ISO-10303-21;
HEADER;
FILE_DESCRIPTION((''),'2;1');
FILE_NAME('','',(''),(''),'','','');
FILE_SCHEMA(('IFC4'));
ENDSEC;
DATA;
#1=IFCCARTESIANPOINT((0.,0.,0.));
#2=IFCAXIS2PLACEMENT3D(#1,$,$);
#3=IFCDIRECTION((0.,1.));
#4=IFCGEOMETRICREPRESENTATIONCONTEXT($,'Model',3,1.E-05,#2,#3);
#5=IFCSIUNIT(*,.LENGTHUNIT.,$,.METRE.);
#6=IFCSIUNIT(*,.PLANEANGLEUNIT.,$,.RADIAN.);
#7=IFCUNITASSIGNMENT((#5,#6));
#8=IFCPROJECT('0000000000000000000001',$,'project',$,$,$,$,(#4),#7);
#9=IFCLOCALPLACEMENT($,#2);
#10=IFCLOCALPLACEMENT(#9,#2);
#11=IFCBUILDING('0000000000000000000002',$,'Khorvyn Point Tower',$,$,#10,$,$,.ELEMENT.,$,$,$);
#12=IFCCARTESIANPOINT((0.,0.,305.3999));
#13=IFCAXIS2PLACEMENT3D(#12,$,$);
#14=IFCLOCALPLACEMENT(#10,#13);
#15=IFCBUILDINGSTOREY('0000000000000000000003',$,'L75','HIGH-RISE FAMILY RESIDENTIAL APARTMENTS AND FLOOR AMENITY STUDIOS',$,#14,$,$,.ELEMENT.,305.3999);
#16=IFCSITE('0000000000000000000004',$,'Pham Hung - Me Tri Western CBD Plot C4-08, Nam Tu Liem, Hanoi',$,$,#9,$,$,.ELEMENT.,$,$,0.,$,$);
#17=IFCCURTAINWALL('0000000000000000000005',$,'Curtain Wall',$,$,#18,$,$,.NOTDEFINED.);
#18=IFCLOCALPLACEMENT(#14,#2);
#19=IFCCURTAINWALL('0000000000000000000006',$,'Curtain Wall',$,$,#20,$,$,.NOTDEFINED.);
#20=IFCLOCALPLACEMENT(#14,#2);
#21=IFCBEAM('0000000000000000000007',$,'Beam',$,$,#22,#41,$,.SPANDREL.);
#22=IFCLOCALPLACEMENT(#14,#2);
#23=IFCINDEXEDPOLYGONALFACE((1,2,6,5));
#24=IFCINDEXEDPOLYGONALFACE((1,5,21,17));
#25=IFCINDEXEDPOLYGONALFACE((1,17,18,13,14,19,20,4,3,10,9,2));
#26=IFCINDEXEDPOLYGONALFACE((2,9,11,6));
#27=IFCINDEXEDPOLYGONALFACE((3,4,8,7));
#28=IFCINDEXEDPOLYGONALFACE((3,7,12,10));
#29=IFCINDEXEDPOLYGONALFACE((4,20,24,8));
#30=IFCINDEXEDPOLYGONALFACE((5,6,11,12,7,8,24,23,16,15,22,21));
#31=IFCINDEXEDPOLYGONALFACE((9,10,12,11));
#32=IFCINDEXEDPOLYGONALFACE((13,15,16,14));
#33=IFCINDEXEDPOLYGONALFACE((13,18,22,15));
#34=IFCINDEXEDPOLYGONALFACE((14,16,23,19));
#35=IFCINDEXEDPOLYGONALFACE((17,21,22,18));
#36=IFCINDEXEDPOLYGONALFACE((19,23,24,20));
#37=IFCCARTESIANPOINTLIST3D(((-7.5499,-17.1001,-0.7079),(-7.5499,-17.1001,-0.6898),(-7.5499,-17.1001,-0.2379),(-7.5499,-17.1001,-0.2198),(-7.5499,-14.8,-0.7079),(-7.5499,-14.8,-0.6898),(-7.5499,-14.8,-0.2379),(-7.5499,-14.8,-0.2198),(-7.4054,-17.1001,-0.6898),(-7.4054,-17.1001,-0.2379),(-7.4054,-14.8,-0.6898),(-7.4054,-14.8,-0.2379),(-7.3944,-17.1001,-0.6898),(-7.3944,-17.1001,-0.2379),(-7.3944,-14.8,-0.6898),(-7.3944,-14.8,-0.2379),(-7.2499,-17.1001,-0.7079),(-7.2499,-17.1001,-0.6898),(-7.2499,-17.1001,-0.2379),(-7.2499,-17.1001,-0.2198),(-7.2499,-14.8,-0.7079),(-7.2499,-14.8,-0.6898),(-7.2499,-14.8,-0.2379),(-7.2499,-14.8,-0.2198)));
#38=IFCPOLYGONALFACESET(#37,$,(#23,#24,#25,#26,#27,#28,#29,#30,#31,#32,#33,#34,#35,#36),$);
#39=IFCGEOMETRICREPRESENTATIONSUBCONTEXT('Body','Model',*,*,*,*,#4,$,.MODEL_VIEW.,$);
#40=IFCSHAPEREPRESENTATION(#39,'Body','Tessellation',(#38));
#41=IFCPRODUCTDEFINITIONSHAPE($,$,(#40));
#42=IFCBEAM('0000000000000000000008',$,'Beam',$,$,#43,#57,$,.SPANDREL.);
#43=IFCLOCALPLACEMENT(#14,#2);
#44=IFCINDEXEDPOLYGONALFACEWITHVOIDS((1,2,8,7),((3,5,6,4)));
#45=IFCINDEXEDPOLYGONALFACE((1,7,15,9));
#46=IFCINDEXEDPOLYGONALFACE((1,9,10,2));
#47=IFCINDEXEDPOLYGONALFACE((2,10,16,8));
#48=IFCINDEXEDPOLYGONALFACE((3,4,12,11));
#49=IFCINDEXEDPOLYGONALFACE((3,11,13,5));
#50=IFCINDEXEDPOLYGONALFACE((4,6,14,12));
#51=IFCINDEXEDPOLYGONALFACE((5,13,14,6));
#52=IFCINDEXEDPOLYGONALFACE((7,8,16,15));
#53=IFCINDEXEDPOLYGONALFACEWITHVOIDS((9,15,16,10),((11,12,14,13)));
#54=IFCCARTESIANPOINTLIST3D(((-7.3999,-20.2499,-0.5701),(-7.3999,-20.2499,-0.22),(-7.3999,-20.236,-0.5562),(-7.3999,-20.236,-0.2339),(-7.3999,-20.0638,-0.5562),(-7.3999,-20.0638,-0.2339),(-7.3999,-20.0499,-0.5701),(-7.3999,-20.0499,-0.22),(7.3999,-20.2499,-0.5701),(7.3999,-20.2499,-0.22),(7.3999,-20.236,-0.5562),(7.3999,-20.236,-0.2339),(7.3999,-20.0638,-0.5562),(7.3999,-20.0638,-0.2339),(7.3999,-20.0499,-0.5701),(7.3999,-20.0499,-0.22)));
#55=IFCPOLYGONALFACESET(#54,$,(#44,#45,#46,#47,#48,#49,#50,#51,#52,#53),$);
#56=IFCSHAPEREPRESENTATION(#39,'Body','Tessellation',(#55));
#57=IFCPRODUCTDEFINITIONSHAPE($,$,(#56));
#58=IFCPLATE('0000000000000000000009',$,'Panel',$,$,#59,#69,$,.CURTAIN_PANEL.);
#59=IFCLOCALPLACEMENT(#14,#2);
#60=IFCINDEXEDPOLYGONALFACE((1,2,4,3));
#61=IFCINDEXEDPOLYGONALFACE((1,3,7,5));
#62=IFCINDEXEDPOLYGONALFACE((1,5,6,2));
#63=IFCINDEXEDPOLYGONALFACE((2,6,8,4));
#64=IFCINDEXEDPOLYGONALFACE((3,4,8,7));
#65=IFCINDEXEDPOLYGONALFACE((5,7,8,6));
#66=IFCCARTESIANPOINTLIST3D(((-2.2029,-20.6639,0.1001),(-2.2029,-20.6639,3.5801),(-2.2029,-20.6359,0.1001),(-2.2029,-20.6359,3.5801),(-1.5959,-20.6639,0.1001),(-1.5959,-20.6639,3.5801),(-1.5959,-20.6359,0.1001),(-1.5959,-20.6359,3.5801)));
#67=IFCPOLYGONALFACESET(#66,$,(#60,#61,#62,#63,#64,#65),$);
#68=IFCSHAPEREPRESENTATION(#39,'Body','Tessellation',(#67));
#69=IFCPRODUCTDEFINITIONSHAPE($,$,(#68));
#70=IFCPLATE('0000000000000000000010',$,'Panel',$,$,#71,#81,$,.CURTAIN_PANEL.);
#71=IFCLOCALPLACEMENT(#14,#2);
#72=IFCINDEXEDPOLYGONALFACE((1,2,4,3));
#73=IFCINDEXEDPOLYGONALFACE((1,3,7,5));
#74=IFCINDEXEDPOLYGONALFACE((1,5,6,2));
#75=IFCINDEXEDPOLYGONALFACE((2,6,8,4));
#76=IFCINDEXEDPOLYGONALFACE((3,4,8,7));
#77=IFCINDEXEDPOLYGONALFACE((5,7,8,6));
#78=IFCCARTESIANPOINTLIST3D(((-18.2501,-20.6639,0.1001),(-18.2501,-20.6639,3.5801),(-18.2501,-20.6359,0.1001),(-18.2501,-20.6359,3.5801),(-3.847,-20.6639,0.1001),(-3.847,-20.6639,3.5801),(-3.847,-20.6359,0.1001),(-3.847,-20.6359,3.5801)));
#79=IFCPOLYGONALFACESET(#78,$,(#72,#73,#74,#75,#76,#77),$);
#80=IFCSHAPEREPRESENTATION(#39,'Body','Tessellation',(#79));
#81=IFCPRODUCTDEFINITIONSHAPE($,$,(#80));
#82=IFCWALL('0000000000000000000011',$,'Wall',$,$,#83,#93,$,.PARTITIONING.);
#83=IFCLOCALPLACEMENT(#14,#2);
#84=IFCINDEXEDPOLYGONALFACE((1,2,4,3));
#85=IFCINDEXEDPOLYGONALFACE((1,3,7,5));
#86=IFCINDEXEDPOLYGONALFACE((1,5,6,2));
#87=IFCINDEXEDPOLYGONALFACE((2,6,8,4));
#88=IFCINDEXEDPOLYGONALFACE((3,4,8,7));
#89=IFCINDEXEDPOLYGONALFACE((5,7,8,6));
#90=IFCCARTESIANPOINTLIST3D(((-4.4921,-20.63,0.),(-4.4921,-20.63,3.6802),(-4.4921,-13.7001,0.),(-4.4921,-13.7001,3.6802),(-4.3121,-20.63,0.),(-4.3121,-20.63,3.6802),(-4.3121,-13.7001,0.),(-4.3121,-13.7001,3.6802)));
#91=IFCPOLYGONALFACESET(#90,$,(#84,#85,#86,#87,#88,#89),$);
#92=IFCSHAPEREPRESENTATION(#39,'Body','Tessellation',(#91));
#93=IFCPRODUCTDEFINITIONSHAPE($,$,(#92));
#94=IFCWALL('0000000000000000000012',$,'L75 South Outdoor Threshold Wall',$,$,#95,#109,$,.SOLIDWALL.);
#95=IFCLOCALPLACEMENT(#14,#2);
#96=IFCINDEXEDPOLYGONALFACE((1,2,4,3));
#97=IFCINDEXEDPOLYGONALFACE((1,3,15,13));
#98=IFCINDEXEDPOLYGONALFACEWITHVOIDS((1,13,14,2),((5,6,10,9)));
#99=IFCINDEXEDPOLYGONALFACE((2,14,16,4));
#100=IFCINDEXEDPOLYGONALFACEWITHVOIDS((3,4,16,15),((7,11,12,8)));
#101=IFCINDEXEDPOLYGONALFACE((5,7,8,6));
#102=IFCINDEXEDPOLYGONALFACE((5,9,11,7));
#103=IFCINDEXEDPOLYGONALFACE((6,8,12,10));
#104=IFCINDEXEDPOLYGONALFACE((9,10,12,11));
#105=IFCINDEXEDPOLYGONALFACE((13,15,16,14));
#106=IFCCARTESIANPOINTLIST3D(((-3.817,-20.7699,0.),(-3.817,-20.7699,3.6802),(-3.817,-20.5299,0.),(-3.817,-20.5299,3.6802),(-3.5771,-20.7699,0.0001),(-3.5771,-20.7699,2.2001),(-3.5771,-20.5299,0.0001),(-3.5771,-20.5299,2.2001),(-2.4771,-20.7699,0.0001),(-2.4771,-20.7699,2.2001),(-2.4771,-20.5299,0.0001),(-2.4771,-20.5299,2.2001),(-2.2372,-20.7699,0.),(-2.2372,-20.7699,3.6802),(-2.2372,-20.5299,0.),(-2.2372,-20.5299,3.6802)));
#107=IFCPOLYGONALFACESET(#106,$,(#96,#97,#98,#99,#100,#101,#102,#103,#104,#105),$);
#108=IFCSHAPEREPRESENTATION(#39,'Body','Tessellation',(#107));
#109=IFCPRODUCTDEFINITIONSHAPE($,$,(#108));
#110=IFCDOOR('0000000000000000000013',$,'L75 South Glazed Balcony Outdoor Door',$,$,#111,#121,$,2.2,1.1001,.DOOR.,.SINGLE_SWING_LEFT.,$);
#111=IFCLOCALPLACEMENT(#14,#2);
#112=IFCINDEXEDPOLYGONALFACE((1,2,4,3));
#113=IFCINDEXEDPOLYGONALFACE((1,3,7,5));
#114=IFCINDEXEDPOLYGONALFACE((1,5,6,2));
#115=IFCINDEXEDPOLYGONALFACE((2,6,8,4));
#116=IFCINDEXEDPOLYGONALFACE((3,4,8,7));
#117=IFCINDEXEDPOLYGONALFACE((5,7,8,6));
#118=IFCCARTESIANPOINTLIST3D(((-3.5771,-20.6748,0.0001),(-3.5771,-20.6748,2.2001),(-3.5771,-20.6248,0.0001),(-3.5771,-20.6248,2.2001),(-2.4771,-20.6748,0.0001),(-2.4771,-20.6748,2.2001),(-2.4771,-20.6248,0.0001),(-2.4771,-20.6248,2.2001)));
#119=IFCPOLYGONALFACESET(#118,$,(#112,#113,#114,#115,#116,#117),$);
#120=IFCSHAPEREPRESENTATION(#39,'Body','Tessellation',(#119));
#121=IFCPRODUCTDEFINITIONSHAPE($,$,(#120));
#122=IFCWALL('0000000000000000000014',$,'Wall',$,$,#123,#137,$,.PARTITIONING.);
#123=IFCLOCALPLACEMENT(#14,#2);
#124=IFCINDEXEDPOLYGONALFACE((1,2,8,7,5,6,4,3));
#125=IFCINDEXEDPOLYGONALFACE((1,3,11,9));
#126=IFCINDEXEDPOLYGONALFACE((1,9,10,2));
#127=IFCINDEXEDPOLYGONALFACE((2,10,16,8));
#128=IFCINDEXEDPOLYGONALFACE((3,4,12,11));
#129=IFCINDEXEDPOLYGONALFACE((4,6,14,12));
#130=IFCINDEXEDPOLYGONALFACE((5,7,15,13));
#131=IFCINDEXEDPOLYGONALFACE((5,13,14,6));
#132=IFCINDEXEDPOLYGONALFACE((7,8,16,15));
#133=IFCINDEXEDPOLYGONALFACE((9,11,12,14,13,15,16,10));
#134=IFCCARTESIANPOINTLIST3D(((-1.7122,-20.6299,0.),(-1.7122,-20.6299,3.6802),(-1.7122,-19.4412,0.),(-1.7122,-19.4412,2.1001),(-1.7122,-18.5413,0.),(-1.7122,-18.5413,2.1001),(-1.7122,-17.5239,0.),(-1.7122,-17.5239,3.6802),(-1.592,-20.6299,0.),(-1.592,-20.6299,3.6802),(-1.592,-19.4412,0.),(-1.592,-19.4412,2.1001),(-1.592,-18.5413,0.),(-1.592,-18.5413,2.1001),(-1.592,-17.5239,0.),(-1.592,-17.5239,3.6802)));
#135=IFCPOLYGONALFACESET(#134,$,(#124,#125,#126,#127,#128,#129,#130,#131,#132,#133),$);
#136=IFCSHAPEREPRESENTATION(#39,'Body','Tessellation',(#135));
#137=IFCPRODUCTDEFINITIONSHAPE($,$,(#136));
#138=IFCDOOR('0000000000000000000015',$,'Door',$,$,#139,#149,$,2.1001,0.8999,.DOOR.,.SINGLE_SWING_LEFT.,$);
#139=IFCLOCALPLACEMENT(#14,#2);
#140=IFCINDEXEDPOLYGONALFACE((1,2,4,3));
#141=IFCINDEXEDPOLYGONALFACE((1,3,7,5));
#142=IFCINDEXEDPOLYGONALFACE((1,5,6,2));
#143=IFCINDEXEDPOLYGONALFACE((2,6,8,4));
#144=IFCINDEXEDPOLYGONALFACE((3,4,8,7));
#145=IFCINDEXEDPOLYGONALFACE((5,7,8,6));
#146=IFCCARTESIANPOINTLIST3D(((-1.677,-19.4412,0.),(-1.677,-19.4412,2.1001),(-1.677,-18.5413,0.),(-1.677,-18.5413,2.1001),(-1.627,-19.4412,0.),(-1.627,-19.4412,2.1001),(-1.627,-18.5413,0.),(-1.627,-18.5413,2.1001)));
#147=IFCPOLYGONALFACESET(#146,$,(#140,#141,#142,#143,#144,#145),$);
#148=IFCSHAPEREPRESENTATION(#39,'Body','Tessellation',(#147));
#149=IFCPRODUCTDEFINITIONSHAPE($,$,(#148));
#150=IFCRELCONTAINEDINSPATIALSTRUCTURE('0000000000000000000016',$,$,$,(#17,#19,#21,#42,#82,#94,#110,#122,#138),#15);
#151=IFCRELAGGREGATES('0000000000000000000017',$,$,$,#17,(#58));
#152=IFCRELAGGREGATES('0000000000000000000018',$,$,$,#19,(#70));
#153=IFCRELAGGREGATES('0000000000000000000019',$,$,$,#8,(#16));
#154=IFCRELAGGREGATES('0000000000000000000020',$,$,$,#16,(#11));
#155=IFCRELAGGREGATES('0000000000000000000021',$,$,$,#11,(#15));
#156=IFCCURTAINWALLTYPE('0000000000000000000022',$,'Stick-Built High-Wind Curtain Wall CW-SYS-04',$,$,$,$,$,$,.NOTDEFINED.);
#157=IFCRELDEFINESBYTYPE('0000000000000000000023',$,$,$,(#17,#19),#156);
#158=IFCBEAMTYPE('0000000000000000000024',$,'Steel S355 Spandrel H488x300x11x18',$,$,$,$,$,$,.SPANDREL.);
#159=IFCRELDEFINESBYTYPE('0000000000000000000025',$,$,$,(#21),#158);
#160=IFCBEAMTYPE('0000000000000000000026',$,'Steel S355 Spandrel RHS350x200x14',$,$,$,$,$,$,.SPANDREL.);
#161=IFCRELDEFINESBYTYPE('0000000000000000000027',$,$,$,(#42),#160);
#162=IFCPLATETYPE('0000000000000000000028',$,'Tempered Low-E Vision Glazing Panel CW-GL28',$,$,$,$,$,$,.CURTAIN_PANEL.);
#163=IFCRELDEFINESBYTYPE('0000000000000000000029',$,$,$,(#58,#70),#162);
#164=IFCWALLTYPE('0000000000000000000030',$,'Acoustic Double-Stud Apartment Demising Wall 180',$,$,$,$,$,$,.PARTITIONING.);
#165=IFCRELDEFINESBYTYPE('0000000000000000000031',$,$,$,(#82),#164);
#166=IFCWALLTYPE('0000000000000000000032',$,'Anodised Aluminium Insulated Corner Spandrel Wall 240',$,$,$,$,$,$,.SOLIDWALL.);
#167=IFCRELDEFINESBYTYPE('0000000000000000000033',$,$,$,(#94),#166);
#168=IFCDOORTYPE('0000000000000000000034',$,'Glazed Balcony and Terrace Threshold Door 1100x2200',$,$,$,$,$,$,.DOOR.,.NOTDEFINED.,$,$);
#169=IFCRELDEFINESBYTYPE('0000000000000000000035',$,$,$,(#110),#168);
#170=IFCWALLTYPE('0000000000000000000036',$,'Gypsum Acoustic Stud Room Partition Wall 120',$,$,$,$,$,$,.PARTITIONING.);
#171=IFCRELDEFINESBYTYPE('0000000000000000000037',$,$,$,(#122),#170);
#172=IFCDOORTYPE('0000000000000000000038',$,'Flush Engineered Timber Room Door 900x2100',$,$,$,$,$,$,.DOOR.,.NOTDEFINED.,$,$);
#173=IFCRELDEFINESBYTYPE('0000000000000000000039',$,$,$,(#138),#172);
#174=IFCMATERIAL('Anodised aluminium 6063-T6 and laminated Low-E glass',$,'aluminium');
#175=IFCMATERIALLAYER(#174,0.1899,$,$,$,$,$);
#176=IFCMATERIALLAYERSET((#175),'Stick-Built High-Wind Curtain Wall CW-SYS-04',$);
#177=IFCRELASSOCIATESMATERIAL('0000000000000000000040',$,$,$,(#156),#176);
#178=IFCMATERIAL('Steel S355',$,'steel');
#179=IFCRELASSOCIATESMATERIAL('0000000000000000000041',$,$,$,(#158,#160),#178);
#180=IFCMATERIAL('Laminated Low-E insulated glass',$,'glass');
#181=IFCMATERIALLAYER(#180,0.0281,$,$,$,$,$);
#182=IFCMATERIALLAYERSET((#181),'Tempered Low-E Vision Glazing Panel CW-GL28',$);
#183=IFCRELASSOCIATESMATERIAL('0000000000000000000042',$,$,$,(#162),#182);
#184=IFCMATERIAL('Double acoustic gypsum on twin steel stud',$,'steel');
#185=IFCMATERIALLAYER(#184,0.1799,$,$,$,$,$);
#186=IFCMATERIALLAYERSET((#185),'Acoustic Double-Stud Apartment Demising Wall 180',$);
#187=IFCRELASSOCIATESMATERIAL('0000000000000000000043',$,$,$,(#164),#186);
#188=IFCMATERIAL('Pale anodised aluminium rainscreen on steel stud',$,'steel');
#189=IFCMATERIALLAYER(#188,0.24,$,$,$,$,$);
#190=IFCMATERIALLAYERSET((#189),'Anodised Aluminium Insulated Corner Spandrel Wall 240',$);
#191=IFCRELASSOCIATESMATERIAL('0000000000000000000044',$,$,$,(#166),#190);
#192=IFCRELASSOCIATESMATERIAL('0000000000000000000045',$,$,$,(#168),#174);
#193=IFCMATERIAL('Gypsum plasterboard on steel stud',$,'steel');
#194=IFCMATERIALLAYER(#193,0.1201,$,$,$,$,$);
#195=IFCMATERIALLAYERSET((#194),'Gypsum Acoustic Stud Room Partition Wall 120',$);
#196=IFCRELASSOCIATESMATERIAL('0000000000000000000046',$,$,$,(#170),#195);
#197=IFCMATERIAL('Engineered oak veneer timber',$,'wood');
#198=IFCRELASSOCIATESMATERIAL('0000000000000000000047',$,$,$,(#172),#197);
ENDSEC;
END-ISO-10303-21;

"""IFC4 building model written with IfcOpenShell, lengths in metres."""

from ifc_helpers import new_model, si_unit, direction, frame, frame_2d, origin, origin_2d, place, context, subcontext, project, spatial, rectangle, hollow_rectangle, i_section, extrude, material, layer, layer_set, material_profile, profile_set, type_object, element, fill, aggregate, save


model = new_model("IFC4")

# Units and contexts
model_context = context("Model", 3, precision=1e-05, world=origin(), true_north=direction((0.0, 1.0)))
body_context = subcontext(model_context, "Body", "Model", "MODEL_VIEW")
ifc_project = project(units=[si_unit("LENGTHUNIT", "METRE"), si_unit("PLANEANGLEUNIT", "RADIAN")], contexts=[model_context])

# Site, building, storey
site_placement = place(None, origin())
site = spatial("IfcSite", under=ifc_project, at=site_placement, Name="Pham Hung - Me Tri Western CBD Plot C4-08, Nam Tu Liem, Hanoi", CompositionType="ELEMENT", RefElevation=0.0)
building_placement = place(site_placement, origin())
building = spatial("IfcBuilding", under=site, at=building_placement, Name="Khorvyn Point Tower", CompositionType="ELEMENT")
storey_placement = place(building_placement, frame((0.0, 0.0, 305.3999)))
storey = spatial("IfcBuildingStorey", under=building, at=storey_placement, Name="L75", Description="HIGH-RISE FAMILY RESIDENTIAL APARTMENTS AND FLOOR AMENITY STUDIOS", CompositionType="ELEMENT", Elevation=305.3999)

# Shared definitions
ifc_material_1 = material(Name="Steel S355", Category="steel")

# Curtain wall
ifc_material_2 = material(Name="Anodised aluminium 6063-T6 and laminated Low-E glass", Category="aluminium")
ifc_layer_1 = layer(ifc_material_2, 0.1899)
ifc_layer_set_1 = layer_set([ifc_layer_1], Name="Stick-Built High-Wind Curtain Wall CW-SYS-04")
curtain_wall_type = type_object("IfcCurtainWallType", Name="Stick-Built High-Wind Curtain Wall CW-SYS-04", PredefinedType="NOTDEFINED", material=ifc_layer_set_1)
curtain_wall_1_placement = place(storey_placement, origin())
curtain_wall_1 = element("IfcCurtainWall", 1, at=curtain_wall_1_placement, inside=storey, type_object=curtain_wall_type, Name="Curtain Wall", PredefinedType="NOTDEFINED")

# Curtain wall
curtain_wall_2_placement = place(storey_placement, origin())
curtain_wall_2 = element("IfcCurtainWall", 2, at=curtain_wall_2_placement, inside=storey, type_object=curtain_wall_type, Name="Curtain Wall", PredefinedType="NOTDEFINED")

# Beams
ifc_material_profile_1 = material_profile(ifc_material_1, i_section(OverallWidth=0.3, OverallDepth=0.488, WebThickness=0.011, FlangeThickness=0.0181, at=origin_2d()))
ifc_profile_set_1 = profile_set([ifc_material_profile_1], Name="Steel S355 H488x300x11x18")
beam_type_1 = type_object("IfcBeamType", Name="Steel S355 Spandrel H488x300x11x18", PredefinedType="SPANDREL", material=ifc_profile_set_1)
beam_1_placement = place(storey_placement, frame((-7.3999, -17.1001, -0.4639), z_axis=(0.0, 1.0, 0.0), x_axis=(-1.0, 0.0, 0.0)))
element("IfcBeam", 3, at=beam_1_placement, inside=storey, type_object=beam_type_1, Name="Beam", PredefinedType="SPANDREL", context=body_context, shape_type="SweptSolid", body=[
    extrude(i_section(OverallWidth=0.3, OverallDepth=0.488, WebThickness=0.011, FlangeThickness=0.0181, at=origin_2d()), origin(), (0.0, 0.0, 1.0), 2.3),
])
ifc_material_profile_2 = material_profile(ifc_material_1, hollow_rectangle(XDim=0.2, YDim=0.3501, WallThickness=0.0139, at=origin_2d()))
ifc_profile_set_2 = profile_set([ifc_material_profile_2], Name="Steel S355 RHS350x200x14")
beam_type_2 = type_object("IfcBeamType", Name="Steel S355 Spandrel RHS350x200x14", PredefinedType="SPANDREL", material=ifc_profile_set_2)
beam_2_placement = place(storey_placement, frame((-7.3999, -20.1499, -0.395), z_axis=(1.0, 0.0, 0.0), x_axis=(0.0, 1.0, 0.0)))
element("IfcBeam", 4, at=beam_2_placement, inside=storey, type_object=beam_type_2, Name="Beam", PredefinedType="SPANDREL", context=body_context, shape_type="SweptSolid", body=[
    extrude(hollow_rectangle(XDim=0.2, YDim=0.3501, WallThickness=0.0139, at=origin_2d()), origin(), (0.0, 0.0, 1.0), 14.7998),
])

# Plates
ifc_material_3 = material(Name="Laminated Low-E insulated glass", Category="glass")
ifc_layer_2 = layer(ifc_material_3, 0.0281)
ifc_layer_set_2 = layer_set([ifc_layer_2], Name="Tempered Low-E Vision Glazing Panel CW-GL28")
plate_type = type_object("IfcPlateType", Name="Tempered Low-E Vision Glazing Panel CW-GL28", PredefinedType="CURTAIN_PANEL", material=ifc_layer_set_2)
plate_1_placement = place(storey_placement, frame((-1.8994, -20.6499, 0.1001), z_axis=(0.0, 0.0, 1.0), x_axis=(-1.0, 0.0, 0.0)))
plate_1 = element("IfcPlate", 5, at=plate_1_placement, type_object=plate_type, Name="Panel", PredefinedType="CURTAIN_PANEL", context=body_context, shape_type="SweptSolid", body=[
    extrude(rectangle(XDim=0.6069, YDim=0.0281, at=origin_2d()), origin(), (0.0, 0.0, 1.0), 3.48),
])
aggregate(curtain_wall_1, [plate_1])
plate_2_placement = place(storey_placement, frame((-11.0486, -20.6499, 0.1001), z_axis=(0.0, 0.0, 1.0), x_axis=(-1.0, 0.0, 0.0)))
plate_2 = element("IfcPlate", 6, at=plate_2_placement, type_object=plate_type, Name="Panel", PredefinedType="CURTAIN_PANEL", context=body_context, shape_type="SweptSolid", body=[
    extrude(rectangle(XDim=14.4031, YDim=0.0281, at=origin_2d()), origin(), (0.0, 0.0, 1.0), 3.48),
])
aggregate(curtain_wall_2, [plate_2])

# Wall
ifc_material_4 = material(Name="Double acoustic gypsum on twin steel stud", Category="steel")
ifc_layer_3 = layer(ifc_material_4, 0.1799)
ifc_layer_set_3 = layer_set([ifc_layer_3], Name="Acoustic Double-Stud Apartment Demising Wall 180")
wall_type_1 = type_object("IfcWallType", Name="Acoustic Double-Stud Apartment Demising Wall 180", PredefinedType="PARTITIONING", material=ifc_layer_set_3)
wall_1_placement = place(storey_placement, frame((-4.4021, -20.6299, 0.0), z_axis=(0.0, 0.0, 1.0), x_axis=(0.0, 1.0, 0.0)))
element("IfcWall", 7, at=wall_1_placement, inside=storey, type_object=wall_type_1, Name="Wall", PredefinedType="PARTITIONING", context=body_context, shape_type="SweptSolid", body=[
    extrude(rectangle(XDim=6.9299, YDim=0.1799, at=frame_2d((3.4648, 0.0))), origin(), (0.0, 0.0, 1.0), 3.6802),
])

# Walls, openings, doors
ifc_material_5 = material(Name="Pale anodised aluminium rainscreen on steel stud", Category="steel")
ifc_layer_4 = layer(ifc_material_5, 0.24)
ifc_layer_set_4 = layer_set([ifc_layer_4], Name="Anodised Aluminium Insulated Corner Spandrel Wall 240")
wall_type_2 = type_object("IfcWallType", Name="Anodised Aluminium Insulated Corner Spandrel Wall 240", PredefinedType="SOLIDWALL", material=ifc_layer_set_4)
wall_2_placement = place(storey_placement, frame((-2.2371, -20.6499, 0.0), z_axis=(0.0, 0.0, 1.0), x_axis=(-1.0, 0.0, 0.0)))
wall_2 = element("IfcWall", 8, at=wall_2_placement, inside=storey, type_object=wall_type_2, Name="L75 South Outdoor Threshold Wall", PredefinedType="SOLIDWALL", context=body_context, shape_type="SweptSolid", body=[
    extrude(rectangle(XDim=1.5798, YDim=0.24, at=frame_2d((0.79, 0.0))), origin(), (0.0, 0.0, 1.0), 3.6802),
])
opening_1_placement = place(wall_2_placement, frame((0.24, 0.0, 0.0)))
opening_1 = element("IfcOpeningElement", 9, at=opening_1_placement, cuts=wall_2, PredefinedType="OPENING", context=body_context, shape_type="SweptSolid", body=[
    extrude(rectangle(XDim=1.1001, YDim=2.2, at=frame_2d((0.55, 1.1001))), frame((0.0, 0.1299, 0.0), z_axis=(0.0, -1.0, 0.0), x_axis=(1.0, 0.0, 0.0)), (0.0, 0.0, 1.0), 0.26),
])
door_type_1 = type_object("IfcDoorType", Name="Glazed Balcony and Terrace Threshold Door 1100x2200", OperationType="NOTDEFINED", PredefinedType="DOOR", material=ifc_material_2)
door_1_placement = place(opening_1_placement, origin())
door_1 = element("IfcDoor", 10, at=door_1_placement, inside=storey, type_object=door_type_1, Name="L75 South Glazed Balcony Outdoor Door", OperationType="SINGLE_SWING_LEFT", OverallHeight=2.2, OverallWidth=1.1001, PredefinedType="DOOR", context=body_context, shape_type="SweptSolid", body=[
    extrude(rectangle(XDim=1.1001, YDim=2.2, at=frame_2d((0.55, 1.1001))), frame((0.0, 0.0249, 0.0), z_axis=(0.0, -1.0, 0.0), x_axis=(1.0, 0.0, 0.0)), (0.0, 0.0, 1.0), 0.05),
])
fill(opening_1, door_1)
ifc_material_6 = material(Name="Gypsum plasterboard on steel stud", Category="steel")
ifc_layer_5 = layer(ifc_material_6, 0.1201)
ifc_layer_set_5 = layer_set([ifc_layer_5], Name="Gypsum Acoustic Stud Room Partition Wall 120")
wall_type_3 = type_object("IfcWallType", Name="Gypsum Acoustic Stud Room Partition Wall 120", PredefinedType="PARTITIONING", material=ifc_layer_set_5)
wall_3_placement = place(storey_placement, frame((-1.6521, -20.6299, 0.0), z_axis=(0.0, 0.0, 1.0), x_axis=(0.0, 1.0, 0.0)))
wall_3 = element("IfcWall", 11, at=wall_3_placement, inside=storey, type_object=wall_type_3, Name="Wall", PredefinedType="PARTITIONING", context=body_context, shape_type="SweptSolid", body=[
    extrude(rectangle(XDim=3.106, YDim=0.1201, at=frame_2d((1.553, 0.0))), origin(), (0.0, 0.0, 1.0), 3.6802),
])
opening_2_placement = place(wall_3_placement, frame((1.1887, 0.0, 0.0)))
opening_2 = element("IfcOpeningElement", 12, at=opening_2_placement, cuts=wall_3, PredefinedType="OPENING", context=body_context, shape_type="SweptSolid", body=[
    extrude(rectangle(XDim=0.8999, YDim=2.1001, at=frame_2d((0.45, 1.05))), frame((0.0, 0.0701, 0.0), z_axis=(0.0, -1.0, 0.0), x_axis=(1.0, 0.0, 0.0)), (0.0, 0.0, 1.0), 0.1401),
])
ifc_material_7 = material(Name="Engineered oak veneer timber", Category="wood")
door_type_2 = type_object("IfcDoorType", Name="Flush Engineered Timber Room Door 900x2100", OperationType="NOTDEFINED", PredefinedType="DOOR", material=ifc_material_7)
door_2_placement = place(opening_2_placement, origin())
door_2 = element("IfcDoor", 13, at=door_2_placement, inside=storey, type_object=door_type_2, Name="Door", OperationType="SINGLE_SWING_LEFT", OverallHeight=2.1001, OverallWidth=0.8999, PredefinedType="DOOR", context=body_context, shape_type="SweptSolid", body=[
    extrude(rectangle(XDim=0.8999, YDim=2.1001, at=frame_2d((0.45, 1.05))), frame((0.0, 0.0249, 0.0), z_axis=(0.0, -1.0, 0.0), x_axis=(1.0, 0.0, 0.0)), (0.0, 0.0, 1.0), 0.05),
])
fill(opening_2, door_2)

save(model, "model.ifc")
